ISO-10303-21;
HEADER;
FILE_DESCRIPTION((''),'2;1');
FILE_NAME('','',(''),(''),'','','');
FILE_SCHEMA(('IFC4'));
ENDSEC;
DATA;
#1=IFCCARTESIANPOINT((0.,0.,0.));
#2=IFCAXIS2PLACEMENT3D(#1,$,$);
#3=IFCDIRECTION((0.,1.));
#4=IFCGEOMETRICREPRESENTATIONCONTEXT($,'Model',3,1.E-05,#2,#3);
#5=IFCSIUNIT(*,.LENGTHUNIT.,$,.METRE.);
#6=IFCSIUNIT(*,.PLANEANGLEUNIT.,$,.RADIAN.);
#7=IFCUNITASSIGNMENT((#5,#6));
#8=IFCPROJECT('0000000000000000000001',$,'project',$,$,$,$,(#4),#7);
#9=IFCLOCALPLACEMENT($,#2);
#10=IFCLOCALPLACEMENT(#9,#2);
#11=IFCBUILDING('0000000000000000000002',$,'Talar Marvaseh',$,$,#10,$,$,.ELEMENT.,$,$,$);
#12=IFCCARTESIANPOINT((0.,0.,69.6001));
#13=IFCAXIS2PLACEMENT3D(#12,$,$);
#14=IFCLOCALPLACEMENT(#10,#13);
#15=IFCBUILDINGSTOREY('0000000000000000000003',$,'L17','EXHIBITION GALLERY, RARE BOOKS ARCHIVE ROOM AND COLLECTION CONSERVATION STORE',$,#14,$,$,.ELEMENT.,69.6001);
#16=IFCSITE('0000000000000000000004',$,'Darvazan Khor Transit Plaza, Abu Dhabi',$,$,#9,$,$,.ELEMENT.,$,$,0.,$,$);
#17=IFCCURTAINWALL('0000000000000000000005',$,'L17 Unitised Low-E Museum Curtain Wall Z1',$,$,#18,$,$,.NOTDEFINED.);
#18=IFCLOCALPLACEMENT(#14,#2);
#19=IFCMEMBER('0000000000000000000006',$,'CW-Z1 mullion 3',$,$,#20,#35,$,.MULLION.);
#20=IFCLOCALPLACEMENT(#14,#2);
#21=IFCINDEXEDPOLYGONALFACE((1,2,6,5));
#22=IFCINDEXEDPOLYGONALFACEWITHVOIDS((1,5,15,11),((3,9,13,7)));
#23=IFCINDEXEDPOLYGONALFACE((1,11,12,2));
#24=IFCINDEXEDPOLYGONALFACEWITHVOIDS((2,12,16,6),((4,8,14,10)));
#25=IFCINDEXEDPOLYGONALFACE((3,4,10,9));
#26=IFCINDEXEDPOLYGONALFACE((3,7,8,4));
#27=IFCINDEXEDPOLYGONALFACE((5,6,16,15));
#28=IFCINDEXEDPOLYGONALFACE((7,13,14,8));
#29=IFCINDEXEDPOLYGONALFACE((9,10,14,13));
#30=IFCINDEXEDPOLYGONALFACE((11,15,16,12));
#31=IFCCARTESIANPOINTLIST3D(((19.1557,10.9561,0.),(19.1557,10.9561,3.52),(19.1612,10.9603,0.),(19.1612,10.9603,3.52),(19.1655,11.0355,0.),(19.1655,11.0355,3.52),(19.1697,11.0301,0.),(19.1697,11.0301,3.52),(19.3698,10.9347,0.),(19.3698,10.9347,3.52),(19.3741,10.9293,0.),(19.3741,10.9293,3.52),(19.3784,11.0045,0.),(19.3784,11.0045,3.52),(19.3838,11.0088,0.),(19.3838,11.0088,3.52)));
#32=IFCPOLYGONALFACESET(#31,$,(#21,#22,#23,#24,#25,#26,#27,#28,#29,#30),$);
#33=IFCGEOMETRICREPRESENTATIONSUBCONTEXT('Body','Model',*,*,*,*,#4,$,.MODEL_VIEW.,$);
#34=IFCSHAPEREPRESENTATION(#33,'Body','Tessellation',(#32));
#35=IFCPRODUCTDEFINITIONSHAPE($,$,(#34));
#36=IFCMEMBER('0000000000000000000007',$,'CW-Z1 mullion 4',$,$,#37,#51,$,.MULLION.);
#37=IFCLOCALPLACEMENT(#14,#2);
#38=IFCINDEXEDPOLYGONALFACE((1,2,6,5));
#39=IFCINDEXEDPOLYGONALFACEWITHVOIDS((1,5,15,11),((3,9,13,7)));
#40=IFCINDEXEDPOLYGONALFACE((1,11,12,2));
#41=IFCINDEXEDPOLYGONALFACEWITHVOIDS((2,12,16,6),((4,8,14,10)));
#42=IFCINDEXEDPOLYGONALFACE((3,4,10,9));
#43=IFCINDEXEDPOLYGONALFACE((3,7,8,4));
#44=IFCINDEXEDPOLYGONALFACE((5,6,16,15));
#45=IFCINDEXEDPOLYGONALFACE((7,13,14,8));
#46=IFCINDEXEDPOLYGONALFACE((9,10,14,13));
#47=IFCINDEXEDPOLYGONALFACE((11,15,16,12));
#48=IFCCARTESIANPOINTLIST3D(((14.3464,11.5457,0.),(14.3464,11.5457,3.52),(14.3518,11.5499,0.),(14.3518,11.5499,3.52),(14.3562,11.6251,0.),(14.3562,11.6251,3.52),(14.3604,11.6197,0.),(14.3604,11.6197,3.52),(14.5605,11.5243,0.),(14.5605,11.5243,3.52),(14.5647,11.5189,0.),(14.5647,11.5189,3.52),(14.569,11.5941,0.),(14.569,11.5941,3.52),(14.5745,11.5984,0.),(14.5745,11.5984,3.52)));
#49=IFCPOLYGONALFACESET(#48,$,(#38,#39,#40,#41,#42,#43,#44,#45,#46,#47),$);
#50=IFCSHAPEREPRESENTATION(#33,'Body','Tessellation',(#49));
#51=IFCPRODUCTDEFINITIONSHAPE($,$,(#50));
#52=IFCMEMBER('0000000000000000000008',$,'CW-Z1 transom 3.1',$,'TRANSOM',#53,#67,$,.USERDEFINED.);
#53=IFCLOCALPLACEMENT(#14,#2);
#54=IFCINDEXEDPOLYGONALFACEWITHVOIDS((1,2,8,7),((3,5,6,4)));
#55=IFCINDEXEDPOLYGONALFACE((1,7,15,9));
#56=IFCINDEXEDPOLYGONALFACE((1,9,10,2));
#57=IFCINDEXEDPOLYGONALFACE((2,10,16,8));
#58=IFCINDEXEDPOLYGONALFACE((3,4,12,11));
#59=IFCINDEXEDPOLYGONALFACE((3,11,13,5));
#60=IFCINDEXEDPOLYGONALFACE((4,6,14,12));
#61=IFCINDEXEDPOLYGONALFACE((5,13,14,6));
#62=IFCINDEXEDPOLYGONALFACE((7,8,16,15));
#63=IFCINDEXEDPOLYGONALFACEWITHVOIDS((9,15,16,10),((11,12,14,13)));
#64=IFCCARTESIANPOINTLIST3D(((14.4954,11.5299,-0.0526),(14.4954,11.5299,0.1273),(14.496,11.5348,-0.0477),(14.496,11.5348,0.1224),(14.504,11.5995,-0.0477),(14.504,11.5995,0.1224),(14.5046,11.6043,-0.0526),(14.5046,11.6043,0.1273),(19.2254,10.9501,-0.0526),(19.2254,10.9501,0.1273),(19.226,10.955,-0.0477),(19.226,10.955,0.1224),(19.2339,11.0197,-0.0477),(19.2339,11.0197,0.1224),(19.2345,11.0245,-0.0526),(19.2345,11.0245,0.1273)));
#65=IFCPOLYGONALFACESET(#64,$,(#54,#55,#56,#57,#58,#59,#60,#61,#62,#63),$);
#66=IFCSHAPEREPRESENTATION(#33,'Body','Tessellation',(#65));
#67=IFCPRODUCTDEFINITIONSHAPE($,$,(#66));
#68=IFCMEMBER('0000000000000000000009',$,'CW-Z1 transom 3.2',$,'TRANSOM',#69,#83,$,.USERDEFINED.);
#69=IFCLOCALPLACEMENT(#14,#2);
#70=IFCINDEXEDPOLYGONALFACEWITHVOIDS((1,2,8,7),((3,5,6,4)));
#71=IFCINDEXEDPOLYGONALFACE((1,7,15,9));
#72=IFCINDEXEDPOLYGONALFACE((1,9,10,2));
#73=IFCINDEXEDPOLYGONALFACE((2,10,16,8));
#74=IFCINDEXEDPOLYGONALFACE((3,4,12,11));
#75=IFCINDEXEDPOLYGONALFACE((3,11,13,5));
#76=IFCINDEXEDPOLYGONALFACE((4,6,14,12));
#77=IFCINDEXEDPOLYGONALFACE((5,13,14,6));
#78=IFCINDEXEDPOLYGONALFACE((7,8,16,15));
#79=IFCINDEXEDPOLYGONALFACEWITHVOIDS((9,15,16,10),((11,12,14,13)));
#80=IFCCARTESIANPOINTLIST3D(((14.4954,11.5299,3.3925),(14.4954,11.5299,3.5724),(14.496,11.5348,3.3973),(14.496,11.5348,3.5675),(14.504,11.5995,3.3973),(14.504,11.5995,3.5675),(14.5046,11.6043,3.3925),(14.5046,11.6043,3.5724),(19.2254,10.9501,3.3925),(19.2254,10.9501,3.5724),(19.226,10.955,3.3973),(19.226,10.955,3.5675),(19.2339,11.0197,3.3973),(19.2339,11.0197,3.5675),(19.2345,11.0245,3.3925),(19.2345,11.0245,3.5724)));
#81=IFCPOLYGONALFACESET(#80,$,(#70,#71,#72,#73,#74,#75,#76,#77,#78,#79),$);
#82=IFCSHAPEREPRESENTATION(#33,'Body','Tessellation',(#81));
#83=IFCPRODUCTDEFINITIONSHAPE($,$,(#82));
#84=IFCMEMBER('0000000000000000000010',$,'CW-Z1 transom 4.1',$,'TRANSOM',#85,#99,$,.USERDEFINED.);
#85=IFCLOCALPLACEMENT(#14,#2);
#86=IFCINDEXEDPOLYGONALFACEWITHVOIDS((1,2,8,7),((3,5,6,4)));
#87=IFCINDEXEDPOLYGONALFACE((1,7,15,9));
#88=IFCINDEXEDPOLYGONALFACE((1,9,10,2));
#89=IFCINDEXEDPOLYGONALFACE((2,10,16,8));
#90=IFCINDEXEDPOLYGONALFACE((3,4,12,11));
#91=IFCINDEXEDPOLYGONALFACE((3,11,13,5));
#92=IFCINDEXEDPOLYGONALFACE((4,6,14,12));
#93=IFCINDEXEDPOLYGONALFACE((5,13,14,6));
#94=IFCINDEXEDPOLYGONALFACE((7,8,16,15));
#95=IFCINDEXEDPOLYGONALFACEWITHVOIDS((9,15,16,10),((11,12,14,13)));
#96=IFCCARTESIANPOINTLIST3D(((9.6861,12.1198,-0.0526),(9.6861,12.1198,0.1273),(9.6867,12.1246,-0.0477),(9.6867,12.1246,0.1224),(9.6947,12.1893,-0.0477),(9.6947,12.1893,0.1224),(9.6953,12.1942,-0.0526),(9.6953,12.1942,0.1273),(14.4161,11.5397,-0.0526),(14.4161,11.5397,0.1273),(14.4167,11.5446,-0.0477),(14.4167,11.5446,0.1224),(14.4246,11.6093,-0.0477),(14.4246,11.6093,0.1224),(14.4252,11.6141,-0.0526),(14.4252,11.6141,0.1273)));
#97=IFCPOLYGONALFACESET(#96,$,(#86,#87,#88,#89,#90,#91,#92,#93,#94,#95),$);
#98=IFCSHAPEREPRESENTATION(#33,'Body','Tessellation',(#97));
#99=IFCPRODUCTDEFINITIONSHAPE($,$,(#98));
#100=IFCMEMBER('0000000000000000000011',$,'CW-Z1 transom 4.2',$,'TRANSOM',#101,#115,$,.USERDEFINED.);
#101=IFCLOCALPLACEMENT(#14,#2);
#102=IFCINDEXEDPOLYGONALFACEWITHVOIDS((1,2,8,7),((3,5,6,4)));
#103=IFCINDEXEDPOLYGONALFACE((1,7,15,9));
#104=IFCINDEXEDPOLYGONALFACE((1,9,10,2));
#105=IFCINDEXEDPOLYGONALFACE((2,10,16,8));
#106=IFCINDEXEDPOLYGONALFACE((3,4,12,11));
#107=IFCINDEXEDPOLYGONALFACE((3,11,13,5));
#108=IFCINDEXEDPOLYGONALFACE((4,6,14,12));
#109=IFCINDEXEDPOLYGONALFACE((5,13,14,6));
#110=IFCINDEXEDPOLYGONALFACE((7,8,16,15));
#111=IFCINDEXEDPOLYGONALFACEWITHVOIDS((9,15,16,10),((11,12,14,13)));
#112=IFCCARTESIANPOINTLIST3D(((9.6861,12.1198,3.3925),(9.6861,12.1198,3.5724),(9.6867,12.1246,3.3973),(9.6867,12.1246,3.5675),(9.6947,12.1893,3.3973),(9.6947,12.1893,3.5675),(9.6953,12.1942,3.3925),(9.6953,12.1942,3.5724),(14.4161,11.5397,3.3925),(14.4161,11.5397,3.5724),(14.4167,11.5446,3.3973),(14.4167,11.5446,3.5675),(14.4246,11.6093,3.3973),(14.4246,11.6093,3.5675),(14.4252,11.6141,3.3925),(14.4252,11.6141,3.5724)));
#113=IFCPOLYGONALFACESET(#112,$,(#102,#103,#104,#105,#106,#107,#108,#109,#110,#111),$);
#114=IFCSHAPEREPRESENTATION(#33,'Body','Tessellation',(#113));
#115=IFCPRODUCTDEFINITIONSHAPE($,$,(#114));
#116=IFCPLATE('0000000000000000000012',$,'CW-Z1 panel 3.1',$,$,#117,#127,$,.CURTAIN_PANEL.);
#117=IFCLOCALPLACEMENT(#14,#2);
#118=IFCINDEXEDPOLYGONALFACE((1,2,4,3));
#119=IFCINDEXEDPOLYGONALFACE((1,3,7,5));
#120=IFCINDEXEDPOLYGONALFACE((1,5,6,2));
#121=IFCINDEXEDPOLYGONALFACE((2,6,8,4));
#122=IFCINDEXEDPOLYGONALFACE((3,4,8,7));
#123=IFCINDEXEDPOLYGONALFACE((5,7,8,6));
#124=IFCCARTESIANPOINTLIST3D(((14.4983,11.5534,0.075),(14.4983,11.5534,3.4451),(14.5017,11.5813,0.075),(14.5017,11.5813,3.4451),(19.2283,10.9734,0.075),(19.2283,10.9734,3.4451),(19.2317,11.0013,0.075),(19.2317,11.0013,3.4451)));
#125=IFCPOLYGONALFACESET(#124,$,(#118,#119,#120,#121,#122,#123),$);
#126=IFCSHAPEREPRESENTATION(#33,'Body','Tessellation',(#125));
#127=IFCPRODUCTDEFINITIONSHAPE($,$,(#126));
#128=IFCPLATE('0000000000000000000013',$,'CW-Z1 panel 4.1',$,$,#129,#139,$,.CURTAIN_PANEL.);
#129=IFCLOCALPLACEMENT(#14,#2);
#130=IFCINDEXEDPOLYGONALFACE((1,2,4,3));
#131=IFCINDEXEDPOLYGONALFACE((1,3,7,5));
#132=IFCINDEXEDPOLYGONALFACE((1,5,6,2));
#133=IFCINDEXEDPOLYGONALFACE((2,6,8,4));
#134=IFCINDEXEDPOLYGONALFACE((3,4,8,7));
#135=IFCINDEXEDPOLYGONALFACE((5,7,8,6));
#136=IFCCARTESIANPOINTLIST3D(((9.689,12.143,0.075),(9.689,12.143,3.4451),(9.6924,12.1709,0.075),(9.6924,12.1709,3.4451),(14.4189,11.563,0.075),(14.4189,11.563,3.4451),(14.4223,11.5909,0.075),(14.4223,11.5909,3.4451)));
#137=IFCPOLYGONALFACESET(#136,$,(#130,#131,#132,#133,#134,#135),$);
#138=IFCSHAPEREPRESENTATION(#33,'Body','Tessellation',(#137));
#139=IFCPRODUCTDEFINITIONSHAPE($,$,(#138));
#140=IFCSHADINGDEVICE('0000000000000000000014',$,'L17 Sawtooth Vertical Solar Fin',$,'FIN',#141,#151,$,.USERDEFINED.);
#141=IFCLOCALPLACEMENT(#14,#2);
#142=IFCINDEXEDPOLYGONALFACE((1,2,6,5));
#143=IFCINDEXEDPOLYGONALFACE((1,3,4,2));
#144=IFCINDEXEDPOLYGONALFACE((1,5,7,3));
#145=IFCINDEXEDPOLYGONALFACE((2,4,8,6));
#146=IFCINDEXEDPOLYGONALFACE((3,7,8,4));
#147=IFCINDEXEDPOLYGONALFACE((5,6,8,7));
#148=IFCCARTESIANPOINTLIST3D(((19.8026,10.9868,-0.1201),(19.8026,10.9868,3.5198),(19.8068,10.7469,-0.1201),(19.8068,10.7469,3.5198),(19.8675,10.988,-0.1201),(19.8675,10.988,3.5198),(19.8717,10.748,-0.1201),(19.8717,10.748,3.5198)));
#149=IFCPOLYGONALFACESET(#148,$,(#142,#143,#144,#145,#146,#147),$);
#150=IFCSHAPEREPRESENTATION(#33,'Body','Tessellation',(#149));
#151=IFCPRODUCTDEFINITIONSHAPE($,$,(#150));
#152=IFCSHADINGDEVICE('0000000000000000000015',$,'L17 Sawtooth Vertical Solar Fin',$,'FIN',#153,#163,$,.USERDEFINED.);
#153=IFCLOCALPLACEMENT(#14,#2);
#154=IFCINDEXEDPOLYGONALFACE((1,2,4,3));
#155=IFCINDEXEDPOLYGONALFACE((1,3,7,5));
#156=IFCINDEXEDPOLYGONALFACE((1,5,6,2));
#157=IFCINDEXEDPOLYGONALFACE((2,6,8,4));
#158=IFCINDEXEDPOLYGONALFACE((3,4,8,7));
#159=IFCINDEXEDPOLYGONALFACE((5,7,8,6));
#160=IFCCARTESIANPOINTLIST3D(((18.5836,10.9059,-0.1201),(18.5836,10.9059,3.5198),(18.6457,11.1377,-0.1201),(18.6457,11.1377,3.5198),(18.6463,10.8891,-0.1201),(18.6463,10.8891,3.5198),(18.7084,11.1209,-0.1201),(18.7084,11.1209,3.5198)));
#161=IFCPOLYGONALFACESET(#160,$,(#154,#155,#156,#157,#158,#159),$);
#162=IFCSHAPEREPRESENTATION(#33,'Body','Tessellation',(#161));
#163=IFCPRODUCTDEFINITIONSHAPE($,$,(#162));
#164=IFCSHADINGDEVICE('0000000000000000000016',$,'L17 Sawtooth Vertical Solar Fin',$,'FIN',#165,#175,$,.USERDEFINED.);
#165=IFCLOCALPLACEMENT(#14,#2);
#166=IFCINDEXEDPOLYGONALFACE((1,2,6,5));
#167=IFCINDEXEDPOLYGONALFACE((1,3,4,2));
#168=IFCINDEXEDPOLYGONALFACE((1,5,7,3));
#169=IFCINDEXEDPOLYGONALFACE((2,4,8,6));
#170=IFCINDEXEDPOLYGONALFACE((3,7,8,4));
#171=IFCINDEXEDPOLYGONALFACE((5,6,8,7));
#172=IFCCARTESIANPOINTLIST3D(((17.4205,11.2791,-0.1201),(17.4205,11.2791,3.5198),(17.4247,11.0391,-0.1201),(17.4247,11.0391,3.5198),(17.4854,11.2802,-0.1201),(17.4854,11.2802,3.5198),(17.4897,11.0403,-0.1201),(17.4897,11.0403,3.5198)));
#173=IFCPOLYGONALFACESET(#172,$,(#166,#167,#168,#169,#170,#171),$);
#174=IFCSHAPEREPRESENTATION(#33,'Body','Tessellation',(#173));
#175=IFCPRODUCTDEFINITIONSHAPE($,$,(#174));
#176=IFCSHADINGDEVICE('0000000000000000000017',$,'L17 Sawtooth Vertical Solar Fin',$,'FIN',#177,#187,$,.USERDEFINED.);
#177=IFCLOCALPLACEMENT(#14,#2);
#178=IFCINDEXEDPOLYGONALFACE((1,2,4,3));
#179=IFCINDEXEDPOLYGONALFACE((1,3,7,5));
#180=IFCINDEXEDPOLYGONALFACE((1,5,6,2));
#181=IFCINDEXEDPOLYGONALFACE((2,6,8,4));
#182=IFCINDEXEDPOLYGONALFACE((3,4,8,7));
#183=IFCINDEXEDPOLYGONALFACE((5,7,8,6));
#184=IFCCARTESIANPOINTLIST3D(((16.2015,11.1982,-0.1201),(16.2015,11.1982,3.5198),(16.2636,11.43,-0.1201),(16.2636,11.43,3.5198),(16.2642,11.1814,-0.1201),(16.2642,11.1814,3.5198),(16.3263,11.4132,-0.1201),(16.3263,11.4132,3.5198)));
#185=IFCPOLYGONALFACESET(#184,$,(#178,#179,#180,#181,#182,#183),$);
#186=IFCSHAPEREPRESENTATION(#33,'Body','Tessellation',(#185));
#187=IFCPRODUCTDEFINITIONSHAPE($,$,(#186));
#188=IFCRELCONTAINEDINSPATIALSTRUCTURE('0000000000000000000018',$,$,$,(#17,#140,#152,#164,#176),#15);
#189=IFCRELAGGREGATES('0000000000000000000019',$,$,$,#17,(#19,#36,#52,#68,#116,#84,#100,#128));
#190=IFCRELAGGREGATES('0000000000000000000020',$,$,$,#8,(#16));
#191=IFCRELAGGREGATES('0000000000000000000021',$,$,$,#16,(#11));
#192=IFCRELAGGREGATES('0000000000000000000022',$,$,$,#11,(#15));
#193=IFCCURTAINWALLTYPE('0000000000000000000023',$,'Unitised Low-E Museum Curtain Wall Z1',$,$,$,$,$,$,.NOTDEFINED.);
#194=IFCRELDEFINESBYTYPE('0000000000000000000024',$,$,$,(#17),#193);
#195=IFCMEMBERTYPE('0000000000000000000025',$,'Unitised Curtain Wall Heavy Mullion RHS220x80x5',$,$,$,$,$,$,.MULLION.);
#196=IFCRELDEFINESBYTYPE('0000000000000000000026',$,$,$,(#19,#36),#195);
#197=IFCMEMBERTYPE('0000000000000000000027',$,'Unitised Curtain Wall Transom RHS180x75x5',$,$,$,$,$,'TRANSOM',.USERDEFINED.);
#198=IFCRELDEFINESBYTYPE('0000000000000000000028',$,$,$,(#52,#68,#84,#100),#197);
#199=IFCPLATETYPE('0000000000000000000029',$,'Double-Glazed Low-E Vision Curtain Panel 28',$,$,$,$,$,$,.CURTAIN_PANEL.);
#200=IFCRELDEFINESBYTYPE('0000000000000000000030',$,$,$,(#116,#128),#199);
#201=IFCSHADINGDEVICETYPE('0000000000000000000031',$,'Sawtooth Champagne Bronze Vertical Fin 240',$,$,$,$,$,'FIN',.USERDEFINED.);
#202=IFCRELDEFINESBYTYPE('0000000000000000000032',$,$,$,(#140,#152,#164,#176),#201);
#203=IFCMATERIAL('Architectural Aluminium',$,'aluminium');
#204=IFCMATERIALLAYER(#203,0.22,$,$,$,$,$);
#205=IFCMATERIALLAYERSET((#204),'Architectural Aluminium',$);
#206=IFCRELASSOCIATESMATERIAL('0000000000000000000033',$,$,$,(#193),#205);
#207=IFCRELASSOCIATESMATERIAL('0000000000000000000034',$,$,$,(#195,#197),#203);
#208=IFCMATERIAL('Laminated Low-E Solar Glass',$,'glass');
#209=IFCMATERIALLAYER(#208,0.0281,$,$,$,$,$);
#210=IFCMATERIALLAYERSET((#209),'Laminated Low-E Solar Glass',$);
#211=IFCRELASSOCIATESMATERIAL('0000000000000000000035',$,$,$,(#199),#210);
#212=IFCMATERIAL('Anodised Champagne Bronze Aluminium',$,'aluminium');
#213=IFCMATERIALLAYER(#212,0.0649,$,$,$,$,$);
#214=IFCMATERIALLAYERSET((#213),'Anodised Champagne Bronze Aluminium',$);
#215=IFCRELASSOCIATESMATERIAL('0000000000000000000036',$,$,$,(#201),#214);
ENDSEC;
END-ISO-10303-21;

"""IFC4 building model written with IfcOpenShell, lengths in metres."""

from ifc_helpers import new_model, si_unit, direction, frame, origin, origin_2d, place, context, subcontext, project, spatial, rectangle, hollow_rectangle, extrude, source, transform, mapped, material, layer, layer_set, material_profile, profile_set, type_object, type_shapes, element, aggregate, save


model = new_model("IFC4")

# Units and contexts
model_context = context("Model", 3, precision=1e-05, world=origin(), true_north=direction((0.0, 1.0)))
body_context = subcontext(model_context, "Body", "Model", "MODEL_VIEW")
ifc_project = project(units=[si_unit("LENGTHUNIT", "METRE"), si_unit("PLANEANGLEUNIT", "RADIAN")], contexts=[model_context])

# Site, building, storey
site_placement = place(None, origin())
site = spatial("IfcSite", under=ifc_project, at=site_placement, Name="Darvazan Khor Transit Plaza, Abu Dhabi", CompositionType="ELEMENT", RefElevation=0.0)
building_placement = place(site_placement, origin())
building = spatial("IfcBuilding", under=site, at=building_placement, Name="Talar Marvaseh", CompositionType="ELEMENT")
storey_placement = place(building_placement, frame((0.0, 0.0, 69.6001)))
storey = spatial("IfcBuildingStorey", under=building, at=storey_placement, Name="L17", Description="EXHIBITION GALLERY, RARE BOOKS ARCHIVE ROOM AND COLLECTION CONSERVATION STORE", CompositionType="ELEMENT", Elevation=69.6001)

# Curtain wall, members, plates
ifc_material_1 = material(Name="Architectural Aluminium", Category="aluminium")
ifc_layer_1 = layer(ifc_material_1, 0.22)
ifc_layer_set_1 = layer_set([ifc_layer_1], Name="Architectural Aluminium")
curtain_wall_type = type_object("IfcCurtainWallType", Name="Unitised Low-E Museum Curtain Wall Z1", PredefinedType="NOTDEFINED", material=ifc_layer_set_1)
curtain_wall_placement = place(storey_placement, origin())
curtain_wall = element("IfcCurtainWall", 1, at=curtain_wall_placement, inside=storey, type_object=curtain_wall_type, Name="L17 Unitised Low-E Museum Curtain Wall Z1", PredefinedType="NOTDEFINED")
ifc_material_profile_1 = material_profile(ifc_material_1, hollow_rectangle(XDim=0.0801, YDim=0.22, WallThickness=0.0049, at=origin_2d()), Name="RHS220x80x5")
ifc_profile_set_1 = profile_set([ifc_material_profile_1], Name="Architectural Aluminium")
member_type_1 = type_object("IfcMemberType", Name="Unitised Curtain Wall Heavy Mullion RHS220x80x5", PredefinedType="MULLION", material=ifc_profile_set_1)
shared_shape_1 = source(origin(), body_context, "Body", "SweptSolid", [
    extrude(hollow_rectangle(XDim=0.0801, YDim=0.22, WallThickness=0.0049, at=origin_2d()), origin(), (0.0, 0.0, 1.0), 3.52),
])
type_shapes(member_type_1, [shared_shape_1])
member_1_placement = place(storey_placement, frame((19.2698, 10.9824, 0.0), z_axis=(0.0, 0.0, 1.0), x_axis=(-0.121713, -0.992565, 0.0)))
member_1 = element("IfcMember", 2, at=member_1_placement, type_object=member_type_1, Name="CW-Z1 mullion 3", PredefinedType="MULLION", context=body_context, shape_type="MappedRepresentation", body=[
    mapped(shared_shape_1, transform((0.0, 0.0, 0.0), x_axis=(1.0, 0.0, 0.0), y_axis=(0.0, 1.0, 0.0), z_axis=(0.0, 0.0, 1.0), scale=1.0)),
])
member_2_placement = place(storey_placement, frame((14.4604, 11.572, 0.0), z_axis=(0.0, 0.0, 1.0), x_axis=(-0.121713, -0.992565, 0.0)))
member_2 = element("IfcMember", 3, at=member_2_placement, type_object=member_type_1, Name="CW-Z1 mullion 4", PredefinedType="MULLION", context=body_context, shape_type="MappedRepresentation", body=[
    mapped(shared_shape_1, transform((0.0, 0.0, 0.0), x_axis=(1.0, 0.0, 0.0), y_axis=(0.0, 1.0, 0.0), z_axis=(0.0, 0.0, 1.0), scale=1.0)),
])
ifc_material_profile_2 = material_profile(ifc_material_1, hollow_rectangle(XDim=0.075, YDim=0.1799, WallThickness=0.0049, at=origin_2d()), Name="RHS180x75x5")
ifc_profile_set_2 = profile_set([ifc_material_profile_2], Name="Architectural Aluminium")
member_type_2 = type_object("IfcMemberType", Name="Unitised Curtain Wall Transom RHS180x75x5", ElementType="TRANSOM", PredefinedType="USERDEFINED", material=ifc_profile_set_2)
shared_shape_2 = source(origin(), body_context, "Body", "SweptSolid", [
    extrude(hollow_rectangle(XDim=0.075, YDim=0.1799, WallThickness=0.0049, at=origin_2d()), origin(), (0.0, 0.0, 1.0), 4.7654),
])
type_shapes(member_type_2, [shared_shape_2])
member_3_placement = place(storey_placement, frame((19.23, 10.9873, 0.0374), z_axis=(-0.99257, 0.121676, 0.0), x_axis=(-0.121676, -0.99257, 0.0)))
member_3 = element("IfcMember", 4, at=member_3_placement, type_object=member_type_2, Name="CW-Z1 transom 3.1", ObjectType="TRANSOM", PredefinedType="USERDEFINED", context=body_context, shape_type="MappedRepresentation", body=[
    mapped(shared_shape_2, transform((0.0, 0.0, 0.0), x_axis=(1.0, 0.0, 0.0), y_axis=(0.0, 1.0, 0.0), z_axis=(0.0, 0.0, 1.0), scale=1.0)),
])
member_4_placement = place(storey_placement, frame((19.23, 10.9873, 3.4824), z_axis=(-0.99257, 0.121676, 0.0), x_axis=(-0.121676, -0.99257, 0.0)))
member_4 = element("IfcMember", 5, at=member_4_placement, type_object=member_type_2, Name="CW-Z1 transom 3.2", ObjectType="TRANSOM", PredefinedType="USERDEFINED", context=body_context, shape_type="MappedRepresentation", body=[
    mapped(shared_shape_2, transform((0.0, 0.0, 0.0), x_axis=(1.0, 0.0, 0.0), y_axis=(0.0, 1.0, 0.0), z_axis=(0.0, 0.0, 1.0), scale=1.0)),
])
member_5_placement = place(storey_placement, frame((14.4207, 11.5769, 0.0374), z_axis=(-0.992564, 0.121727, 0.0), x_axis=(-0.121727, -0.992564, 0.0)))
member_5 = element("IfcMember", 6, at=member_5_placement, type_object=member_type_2, Name="CW-Z1 transom 4.1", ObjectType="TRANSOM", PredefinedType="USERDEFINED", context=body_context, shape_type="MappedRepresentation", body=[
    mapped(shared_shape_2, transform((0.0, 0.0, 0.0), x_axis=(1.0, 0.0, 0.0), y_axis=(0.0, 1.0, 0.0), z_axis=(0.0, 0.0, 1.0), scale=1.0)),
])
member_6_placement = place(storey_placement, frame((14.4207, 11.5769, 3.4824), z_axis=(-0.992564, 0.121727, 0.0), x_axis=(-0.121727, -0.992564, 0.0)))
member_6 = element("IfcMember", 7, at=member_6_placement, type_object=member_type_2, Name="CW-Z1 transom 4.2", ObjectType="TRANSOM", PredefinedType="USERDEFINED", context=body_context, shape_type="MappedRepresentation", body=[
    mapped(shared_shape_2, transform((0.0, 0.0, 0.0), x_axis=(1.0, 0.0, 0.0), y_axis=(0.0, 1.0, 0.0), z_axis=(0.0, 0.0, 1.0), scale=1.0)),
])
ifc_material_2 = material(Name="Laminated Low-E Solar Glass", Category="glass")
ifc_layer_2 = layer(ifc_material_2, 0.0281)
ifc_layer_set_2 = layer_set([ifc_layer_2], Name="Laminated Low-E Solar Glass")
plate_type = type_object("IfcPlateType", Name="Double-Glazed Low-E Vision Curtain Panel 28", PredefinedType="CURTAIN_PANEL", material=ifc_layer_set_2)
shared_shape_3 = source(origin(), body_context, "Body", "SweptSolid", [
    extrude(rectangle(XDim=4.7654, YDim=0.0281, at=origin_2d()), origin(), (0.0, 0.0, 1.0), 3.3701),
])
type_shapes(plate_type, [shared_shape_3])
plate_1_placement = place(storey_placement, frame((16.865, 11.2773, 0.075), z_axis=(0.0, 0.0, 1.0), x_axis=(-0.992565, 0.121713, 0.0)))
plate_1 = element("IfcPlate", 8, at=plate_1_placement, type_object=plate_type, Name="CW-Z1 panel 3.1", PredefinedType="CURTAIN_PANEL", context=body_context, shape_type="MappedRepresentation", body=[
    mapped(shared_shape_3, transform((0.0, 0.0, 0.0), x_axis=(1.0, 0.0, 0.0), y_axis=(0.0, 1.0, 0.0), z_axis=(0.0, 0.0, 1.0), scale=1.0)),
])
plate_2_placement = place(storey_placement, frame((12.0557, 11.8669, 0.075), z_axis=(0.0, 0.0, 1.0), x_axis=(-0.992565, 0.121713, 0.0)))
plate_2 = element("IfcPlate", 9, at=plate_2_placement, type_object=plate_type, Name="CW-Z1 panel 4.1", PredefinedType="CURTAIN_PANEL", context=body_context, shape_type="MappedRepresentation", body=[
    mapped(shared_shape_3, transform((0.0, 0.0, 0.0), x_axis=(1.0, 0.0, 0.0), y_axis=(0.0, 1.0, 0.0), z_axis=(0.0, 0.0, 1.0), scale=1.0)),
])
aggregate(curtain_wall, [member_1, member_2, member_3, member_4, plate_1, member_5, member_6, plate_2])

# Shading devices
ifc_material_3 = material(Name="Anodised Champagne Bronze Aluminium", Category="aluminium")
ifc_layer_3 = layer(ifc_material_3, 0.0649)
ifc_layer_set_3 = layer_set([ifc_layer_3], Name="Anodised Champagne Bronze Aluminium")
shading_device_type = type_object("IfcShadingDeviceType", Name="Sawtooth Champagne Bronze Vertical Fin 240", ElementType="FIN", PredefinedType="USERDEFINED", material=ifc_layer_set_3)
shared_shape_4 = source(origin(), body_context, "Body", "SweptSolid", [
    extrude(rectangle(XDim=0.24, YDim=0.0649, at=origin_2d()), origin(), (0.0, 0.0, 1.0), 3.6399),
])
type_shapes(shading_device_type, [shared_shape_4])
for number, where, z_axis, x_axis, name in (
    (10, (19.8372, 10.8674, -0.1201), (0.0, 0.0, 1.0), (0.017627, -0.999845, 0.0), "L17 Sawtooth Vertical Solar Fin"),
    (11, (18.646, 11.0134, -0.1201), (0.0, 0.0, 1.0), (-0.25865, -0.965971, 0.0), "L17 Sawtooth Vertical Solar Fin"),
    (12, (17.4551, 11.1597, -0.1201), (0.0, 0.0, 1.0), (0.017627, -0.999845, 0.0), "L17 Sawtooth Vertical Solar Fin"),
    (13, (16.2639, 11.3057, -0.1201), (0.0, 0.0, 1.0), (-0.25865, -0.965971, 0.0), "L17 Sawtooth Vertical Solar Fin"),
):
    element("IfcShadingDevice", number, at=place(storey_placement, frame(where, z_axis=z_axis, x_axis=x_axis)), inside=storey, type_object=shading_device_type, Name=name, ObjectType="FIN", PredefinedType="USERDEFINED", context=body_context, shape_type="MappedRepresentation", body=[
        mapped(shared_shape_4, transform((0.0, 0.0, 0.0), x_axis=(1.0, 0.0, 0.0), y_axis=(0.0, 1.0, 0.0), z_axis=(0.0, 0.0, 1.0), scale=1.0)),
    ])

save(model, "model.ifc")
